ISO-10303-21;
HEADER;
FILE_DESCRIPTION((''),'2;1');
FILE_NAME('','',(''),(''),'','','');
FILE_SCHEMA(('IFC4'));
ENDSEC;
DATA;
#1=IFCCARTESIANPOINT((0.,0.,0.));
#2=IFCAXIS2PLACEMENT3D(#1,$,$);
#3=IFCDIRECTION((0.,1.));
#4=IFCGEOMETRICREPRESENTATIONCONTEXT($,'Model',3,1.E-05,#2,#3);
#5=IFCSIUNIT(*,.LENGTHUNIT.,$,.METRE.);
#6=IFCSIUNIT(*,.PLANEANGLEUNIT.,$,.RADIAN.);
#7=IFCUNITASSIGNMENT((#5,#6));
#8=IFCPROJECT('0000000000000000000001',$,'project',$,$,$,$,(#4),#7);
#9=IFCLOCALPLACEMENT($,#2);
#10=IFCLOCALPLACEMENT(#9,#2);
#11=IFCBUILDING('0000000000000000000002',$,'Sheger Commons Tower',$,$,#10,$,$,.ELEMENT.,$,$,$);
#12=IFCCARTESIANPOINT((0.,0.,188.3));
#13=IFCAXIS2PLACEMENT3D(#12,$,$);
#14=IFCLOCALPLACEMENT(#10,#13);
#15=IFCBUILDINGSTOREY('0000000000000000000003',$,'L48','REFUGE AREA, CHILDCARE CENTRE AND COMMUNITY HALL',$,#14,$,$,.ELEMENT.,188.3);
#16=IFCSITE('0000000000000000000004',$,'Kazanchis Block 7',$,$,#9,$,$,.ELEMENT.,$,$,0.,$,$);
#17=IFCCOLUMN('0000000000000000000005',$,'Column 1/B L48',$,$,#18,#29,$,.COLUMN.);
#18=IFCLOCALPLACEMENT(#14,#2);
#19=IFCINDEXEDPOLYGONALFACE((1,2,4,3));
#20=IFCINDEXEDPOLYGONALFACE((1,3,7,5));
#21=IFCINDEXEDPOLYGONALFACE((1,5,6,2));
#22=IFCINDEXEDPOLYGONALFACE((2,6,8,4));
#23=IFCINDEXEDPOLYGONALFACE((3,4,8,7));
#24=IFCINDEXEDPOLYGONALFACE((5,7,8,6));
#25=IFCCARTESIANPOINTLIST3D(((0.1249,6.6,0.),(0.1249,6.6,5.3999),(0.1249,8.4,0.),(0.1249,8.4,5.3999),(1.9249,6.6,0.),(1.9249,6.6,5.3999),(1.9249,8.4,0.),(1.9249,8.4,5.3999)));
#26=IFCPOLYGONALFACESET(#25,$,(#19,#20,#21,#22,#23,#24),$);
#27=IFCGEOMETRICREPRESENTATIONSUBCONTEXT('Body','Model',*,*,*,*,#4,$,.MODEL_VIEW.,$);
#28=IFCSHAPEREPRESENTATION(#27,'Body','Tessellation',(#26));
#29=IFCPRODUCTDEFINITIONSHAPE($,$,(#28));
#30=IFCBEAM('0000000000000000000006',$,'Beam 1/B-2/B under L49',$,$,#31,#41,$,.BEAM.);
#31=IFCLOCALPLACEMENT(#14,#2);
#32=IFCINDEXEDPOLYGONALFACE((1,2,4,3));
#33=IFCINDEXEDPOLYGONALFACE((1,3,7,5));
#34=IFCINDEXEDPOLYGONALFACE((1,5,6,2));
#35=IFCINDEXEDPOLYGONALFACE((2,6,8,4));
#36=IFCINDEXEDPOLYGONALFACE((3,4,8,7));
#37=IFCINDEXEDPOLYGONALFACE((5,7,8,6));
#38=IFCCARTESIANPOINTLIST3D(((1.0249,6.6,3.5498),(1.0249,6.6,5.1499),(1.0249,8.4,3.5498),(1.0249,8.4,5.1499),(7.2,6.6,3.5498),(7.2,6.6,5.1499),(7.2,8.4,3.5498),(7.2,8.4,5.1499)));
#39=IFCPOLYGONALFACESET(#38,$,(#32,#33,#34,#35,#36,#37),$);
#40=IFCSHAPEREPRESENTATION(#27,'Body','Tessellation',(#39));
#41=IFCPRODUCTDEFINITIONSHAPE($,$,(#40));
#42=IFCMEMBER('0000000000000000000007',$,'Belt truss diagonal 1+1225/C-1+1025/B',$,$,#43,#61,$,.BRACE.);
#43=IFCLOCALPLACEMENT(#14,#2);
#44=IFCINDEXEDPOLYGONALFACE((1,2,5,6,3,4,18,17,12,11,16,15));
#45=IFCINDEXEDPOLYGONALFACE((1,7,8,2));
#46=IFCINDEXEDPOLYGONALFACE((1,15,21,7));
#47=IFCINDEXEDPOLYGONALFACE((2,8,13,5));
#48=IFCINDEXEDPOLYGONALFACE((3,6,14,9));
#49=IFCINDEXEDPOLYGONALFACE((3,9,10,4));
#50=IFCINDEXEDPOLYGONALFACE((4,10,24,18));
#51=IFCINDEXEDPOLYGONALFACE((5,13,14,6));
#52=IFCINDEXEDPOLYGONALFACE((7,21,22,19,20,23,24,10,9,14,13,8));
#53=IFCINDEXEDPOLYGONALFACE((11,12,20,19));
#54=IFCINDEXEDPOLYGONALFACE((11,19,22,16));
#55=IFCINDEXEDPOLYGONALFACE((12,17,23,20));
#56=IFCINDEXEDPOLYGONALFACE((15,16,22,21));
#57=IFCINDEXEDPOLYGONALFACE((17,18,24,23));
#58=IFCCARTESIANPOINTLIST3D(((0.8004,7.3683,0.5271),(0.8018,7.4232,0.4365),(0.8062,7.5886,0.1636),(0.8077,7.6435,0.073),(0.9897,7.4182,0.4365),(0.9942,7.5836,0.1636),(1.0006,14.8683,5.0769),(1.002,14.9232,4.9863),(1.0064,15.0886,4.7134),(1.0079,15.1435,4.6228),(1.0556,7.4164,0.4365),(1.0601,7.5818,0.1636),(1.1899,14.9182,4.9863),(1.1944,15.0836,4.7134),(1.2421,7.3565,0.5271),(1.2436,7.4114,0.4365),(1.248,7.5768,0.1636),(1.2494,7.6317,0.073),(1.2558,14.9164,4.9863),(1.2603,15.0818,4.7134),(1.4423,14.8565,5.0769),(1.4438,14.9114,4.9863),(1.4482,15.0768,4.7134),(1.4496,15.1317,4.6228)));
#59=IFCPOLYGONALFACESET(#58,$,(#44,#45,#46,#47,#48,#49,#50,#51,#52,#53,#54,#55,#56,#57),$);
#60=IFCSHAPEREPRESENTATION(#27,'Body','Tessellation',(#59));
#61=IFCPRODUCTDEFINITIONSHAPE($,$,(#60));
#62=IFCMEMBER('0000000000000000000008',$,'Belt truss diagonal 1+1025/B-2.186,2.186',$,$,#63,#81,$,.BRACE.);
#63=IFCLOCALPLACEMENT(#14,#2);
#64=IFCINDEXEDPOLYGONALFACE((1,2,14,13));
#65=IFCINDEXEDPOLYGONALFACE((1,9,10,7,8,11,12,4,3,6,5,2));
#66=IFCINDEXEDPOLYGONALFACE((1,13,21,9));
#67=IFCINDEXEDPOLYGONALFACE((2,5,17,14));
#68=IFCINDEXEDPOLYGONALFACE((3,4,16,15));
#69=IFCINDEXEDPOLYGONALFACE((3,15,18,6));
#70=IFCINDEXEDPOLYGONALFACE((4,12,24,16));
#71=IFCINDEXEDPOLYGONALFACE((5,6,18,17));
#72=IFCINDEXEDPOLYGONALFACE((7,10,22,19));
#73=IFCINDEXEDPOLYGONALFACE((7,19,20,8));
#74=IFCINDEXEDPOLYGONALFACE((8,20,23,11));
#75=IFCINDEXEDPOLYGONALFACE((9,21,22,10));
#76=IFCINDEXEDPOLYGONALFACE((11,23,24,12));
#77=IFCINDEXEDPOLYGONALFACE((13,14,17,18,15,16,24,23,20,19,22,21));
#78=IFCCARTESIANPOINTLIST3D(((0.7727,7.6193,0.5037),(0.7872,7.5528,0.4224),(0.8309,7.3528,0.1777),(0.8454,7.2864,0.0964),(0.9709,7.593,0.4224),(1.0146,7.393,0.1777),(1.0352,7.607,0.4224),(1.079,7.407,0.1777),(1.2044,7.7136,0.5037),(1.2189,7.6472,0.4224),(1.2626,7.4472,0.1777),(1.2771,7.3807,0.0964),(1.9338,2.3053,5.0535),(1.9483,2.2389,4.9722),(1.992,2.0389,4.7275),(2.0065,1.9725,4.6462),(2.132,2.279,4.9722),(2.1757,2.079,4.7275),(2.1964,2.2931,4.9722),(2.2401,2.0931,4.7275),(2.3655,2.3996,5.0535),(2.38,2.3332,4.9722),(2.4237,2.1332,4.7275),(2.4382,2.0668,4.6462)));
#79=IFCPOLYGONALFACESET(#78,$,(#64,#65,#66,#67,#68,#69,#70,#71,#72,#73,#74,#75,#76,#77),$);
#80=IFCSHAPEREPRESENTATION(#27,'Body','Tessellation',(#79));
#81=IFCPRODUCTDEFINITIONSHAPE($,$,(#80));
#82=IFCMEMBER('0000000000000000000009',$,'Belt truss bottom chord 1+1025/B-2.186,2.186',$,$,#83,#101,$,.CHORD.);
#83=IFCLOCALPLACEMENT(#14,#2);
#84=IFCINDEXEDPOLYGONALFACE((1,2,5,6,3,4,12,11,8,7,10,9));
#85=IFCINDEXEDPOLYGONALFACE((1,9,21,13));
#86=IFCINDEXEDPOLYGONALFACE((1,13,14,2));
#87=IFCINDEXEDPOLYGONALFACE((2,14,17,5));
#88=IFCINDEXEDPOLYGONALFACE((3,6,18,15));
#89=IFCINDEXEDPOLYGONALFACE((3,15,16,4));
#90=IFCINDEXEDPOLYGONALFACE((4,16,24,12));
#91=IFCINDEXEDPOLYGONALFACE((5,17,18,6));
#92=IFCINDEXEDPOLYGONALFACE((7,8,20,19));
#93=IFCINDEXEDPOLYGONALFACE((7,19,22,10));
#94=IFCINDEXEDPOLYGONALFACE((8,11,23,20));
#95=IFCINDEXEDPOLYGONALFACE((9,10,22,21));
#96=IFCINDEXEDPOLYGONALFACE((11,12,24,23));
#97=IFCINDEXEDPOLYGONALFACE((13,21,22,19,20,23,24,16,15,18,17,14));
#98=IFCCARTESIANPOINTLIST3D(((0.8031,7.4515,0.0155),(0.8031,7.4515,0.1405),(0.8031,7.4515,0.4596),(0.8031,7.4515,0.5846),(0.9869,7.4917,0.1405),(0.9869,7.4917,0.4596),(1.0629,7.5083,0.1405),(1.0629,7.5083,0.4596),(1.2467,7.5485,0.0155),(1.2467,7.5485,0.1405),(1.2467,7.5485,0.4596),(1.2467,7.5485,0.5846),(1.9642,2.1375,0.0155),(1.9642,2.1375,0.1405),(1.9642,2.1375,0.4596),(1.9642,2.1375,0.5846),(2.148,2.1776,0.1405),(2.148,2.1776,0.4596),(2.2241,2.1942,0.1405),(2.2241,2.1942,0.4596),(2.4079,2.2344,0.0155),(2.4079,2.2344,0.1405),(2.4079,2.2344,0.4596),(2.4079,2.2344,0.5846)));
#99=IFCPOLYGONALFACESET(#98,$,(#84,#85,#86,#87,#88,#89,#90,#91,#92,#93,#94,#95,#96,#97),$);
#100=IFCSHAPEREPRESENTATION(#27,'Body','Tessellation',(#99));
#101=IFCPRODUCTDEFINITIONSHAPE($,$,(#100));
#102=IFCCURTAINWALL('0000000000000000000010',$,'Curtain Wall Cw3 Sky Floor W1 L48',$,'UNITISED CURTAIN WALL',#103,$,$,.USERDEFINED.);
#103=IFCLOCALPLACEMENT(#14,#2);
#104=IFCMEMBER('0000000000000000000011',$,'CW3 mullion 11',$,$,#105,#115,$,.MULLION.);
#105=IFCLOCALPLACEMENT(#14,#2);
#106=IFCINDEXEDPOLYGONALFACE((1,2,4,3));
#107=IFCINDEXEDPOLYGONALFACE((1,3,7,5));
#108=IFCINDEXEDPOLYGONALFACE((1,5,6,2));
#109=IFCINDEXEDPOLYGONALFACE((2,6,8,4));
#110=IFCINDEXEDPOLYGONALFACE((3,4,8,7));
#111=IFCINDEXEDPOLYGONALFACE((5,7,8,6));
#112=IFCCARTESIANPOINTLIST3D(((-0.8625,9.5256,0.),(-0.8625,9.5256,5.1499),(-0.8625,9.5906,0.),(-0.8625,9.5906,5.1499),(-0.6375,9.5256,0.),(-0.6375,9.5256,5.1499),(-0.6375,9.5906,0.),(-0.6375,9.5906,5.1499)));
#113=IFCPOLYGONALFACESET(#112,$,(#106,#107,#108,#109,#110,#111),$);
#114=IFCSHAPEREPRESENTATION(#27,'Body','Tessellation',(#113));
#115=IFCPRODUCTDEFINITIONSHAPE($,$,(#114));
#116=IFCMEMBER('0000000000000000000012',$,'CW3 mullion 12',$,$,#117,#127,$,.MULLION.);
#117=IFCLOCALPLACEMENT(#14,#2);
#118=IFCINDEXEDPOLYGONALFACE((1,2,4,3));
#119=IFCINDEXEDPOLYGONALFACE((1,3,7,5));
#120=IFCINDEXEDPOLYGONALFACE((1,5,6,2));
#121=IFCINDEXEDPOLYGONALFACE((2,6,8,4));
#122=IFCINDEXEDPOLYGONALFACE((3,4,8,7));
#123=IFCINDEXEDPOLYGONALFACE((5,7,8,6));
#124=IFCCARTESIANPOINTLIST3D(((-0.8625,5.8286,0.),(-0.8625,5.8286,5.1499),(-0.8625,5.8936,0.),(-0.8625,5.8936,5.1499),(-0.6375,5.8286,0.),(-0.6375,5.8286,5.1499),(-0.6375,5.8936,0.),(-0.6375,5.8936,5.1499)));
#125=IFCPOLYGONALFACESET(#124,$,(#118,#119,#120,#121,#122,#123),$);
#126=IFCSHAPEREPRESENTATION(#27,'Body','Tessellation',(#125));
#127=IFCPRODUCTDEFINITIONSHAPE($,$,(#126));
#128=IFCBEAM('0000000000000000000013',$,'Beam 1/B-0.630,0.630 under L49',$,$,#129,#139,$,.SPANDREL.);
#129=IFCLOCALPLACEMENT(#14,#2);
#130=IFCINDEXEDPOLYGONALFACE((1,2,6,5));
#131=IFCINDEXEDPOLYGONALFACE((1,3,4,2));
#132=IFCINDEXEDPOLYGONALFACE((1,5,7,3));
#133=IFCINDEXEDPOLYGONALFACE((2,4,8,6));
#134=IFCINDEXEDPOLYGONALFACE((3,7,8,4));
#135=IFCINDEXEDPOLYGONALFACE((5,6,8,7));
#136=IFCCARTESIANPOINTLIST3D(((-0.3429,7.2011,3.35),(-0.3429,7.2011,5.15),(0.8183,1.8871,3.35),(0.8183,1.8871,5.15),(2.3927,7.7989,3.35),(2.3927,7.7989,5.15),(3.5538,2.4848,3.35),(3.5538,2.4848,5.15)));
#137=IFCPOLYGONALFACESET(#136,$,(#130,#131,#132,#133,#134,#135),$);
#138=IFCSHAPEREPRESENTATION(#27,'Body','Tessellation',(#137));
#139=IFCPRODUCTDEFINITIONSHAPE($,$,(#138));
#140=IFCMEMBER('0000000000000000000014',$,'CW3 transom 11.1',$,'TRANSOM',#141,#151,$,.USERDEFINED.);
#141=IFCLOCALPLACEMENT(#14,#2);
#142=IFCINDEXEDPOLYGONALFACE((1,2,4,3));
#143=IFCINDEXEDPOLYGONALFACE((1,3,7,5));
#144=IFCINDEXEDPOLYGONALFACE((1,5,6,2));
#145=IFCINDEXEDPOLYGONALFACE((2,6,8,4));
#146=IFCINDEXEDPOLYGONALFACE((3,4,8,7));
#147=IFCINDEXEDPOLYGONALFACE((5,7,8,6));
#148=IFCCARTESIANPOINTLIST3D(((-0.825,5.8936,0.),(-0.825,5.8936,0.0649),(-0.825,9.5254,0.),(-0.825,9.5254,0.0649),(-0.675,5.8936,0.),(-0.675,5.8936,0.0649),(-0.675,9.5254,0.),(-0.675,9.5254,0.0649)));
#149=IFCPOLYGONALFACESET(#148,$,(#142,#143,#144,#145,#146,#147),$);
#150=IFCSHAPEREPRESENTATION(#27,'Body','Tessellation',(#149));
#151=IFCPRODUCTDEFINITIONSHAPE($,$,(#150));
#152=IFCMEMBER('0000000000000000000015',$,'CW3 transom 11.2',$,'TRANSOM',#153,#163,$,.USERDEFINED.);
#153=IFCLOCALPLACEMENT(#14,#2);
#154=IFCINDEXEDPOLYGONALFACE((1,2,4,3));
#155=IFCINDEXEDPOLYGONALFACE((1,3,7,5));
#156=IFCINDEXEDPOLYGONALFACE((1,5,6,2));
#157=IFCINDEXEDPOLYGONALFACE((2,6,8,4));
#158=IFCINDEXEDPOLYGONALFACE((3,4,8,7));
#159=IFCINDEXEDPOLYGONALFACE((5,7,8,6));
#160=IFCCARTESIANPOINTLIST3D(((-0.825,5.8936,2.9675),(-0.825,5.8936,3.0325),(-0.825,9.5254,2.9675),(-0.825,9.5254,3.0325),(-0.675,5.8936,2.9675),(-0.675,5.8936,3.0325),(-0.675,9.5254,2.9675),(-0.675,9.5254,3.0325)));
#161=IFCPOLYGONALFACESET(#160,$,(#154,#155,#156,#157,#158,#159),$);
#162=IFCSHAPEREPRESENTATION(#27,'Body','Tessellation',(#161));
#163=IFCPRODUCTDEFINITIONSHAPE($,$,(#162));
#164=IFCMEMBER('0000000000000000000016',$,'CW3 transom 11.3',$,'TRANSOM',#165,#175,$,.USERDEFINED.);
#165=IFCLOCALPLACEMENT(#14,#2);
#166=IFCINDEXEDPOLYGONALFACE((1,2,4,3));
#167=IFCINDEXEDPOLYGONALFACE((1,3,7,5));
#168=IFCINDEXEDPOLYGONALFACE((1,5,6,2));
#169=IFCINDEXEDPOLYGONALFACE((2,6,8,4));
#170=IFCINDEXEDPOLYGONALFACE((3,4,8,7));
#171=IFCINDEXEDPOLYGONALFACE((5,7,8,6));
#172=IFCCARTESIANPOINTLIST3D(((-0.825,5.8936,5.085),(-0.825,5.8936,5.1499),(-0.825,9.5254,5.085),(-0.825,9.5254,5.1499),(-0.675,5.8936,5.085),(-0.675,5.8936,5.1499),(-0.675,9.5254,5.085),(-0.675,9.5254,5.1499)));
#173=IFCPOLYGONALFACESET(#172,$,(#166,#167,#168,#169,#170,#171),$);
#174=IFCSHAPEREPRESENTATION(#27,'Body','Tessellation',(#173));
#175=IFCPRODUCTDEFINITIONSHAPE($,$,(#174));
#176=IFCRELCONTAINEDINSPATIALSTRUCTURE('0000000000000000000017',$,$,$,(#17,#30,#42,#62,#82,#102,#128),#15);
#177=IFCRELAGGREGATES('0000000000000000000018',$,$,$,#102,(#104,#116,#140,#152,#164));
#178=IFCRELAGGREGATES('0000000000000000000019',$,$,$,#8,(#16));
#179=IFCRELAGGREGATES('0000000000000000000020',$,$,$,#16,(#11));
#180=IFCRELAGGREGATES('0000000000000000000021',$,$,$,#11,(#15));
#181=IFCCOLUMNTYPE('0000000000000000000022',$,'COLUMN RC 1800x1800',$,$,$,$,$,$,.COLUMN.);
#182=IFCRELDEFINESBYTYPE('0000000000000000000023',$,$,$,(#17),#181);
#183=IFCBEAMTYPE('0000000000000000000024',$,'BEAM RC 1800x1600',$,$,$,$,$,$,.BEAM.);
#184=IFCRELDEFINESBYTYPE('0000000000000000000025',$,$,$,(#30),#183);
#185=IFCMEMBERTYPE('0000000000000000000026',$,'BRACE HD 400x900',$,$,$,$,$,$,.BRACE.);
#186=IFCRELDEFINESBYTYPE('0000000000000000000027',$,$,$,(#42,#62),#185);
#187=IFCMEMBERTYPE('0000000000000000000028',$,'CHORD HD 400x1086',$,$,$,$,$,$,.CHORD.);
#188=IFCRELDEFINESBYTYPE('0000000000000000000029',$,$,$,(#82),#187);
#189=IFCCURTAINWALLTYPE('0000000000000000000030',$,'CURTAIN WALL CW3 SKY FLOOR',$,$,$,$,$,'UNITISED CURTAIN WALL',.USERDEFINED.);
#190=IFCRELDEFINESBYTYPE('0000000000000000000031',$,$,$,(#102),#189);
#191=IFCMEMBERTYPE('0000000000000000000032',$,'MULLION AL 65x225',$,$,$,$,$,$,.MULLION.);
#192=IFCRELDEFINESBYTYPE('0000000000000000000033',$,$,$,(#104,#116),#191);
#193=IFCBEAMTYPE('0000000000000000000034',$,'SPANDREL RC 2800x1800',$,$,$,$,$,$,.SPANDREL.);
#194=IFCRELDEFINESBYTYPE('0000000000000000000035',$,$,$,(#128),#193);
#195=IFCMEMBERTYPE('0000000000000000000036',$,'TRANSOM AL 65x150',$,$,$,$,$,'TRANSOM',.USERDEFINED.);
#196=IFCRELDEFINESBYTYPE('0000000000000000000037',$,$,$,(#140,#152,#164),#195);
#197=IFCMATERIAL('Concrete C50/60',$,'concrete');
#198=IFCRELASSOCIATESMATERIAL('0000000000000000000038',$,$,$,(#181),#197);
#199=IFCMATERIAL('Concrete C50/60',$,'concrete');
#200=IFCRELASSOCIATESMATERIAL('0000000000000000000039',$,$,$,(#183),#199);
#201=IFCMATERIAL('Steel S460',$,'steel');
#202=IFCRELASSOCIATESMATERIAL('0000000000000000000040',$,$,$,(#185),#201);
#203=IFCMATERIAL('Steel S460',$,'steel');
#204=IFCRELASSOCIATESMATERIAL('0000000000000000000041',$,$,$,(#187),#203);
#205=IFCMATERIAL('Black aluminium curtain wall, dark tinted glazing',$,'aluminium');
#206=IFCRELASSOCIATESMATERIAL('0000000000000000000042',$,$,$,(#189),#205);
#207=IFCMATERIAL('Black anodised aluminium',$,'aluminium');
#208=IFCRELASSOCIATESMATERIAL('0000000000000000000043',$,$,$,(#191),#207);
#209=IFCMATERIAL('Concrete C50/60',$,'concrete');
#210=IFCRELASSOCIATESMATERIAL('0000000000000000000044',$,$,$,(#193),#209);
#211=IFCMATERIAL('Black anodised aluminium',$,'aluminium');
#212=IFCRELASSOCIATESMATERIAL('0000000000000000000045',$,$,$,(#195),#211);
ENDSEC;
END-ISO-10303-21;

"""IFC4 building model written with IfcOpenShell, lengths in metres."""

from ifc_helpers import new_model, si_unit, direction, frame, origin, origin_2d, place, context, subcontext, project, spatial, rectangle, i_section, extrude, material, material_profile, profile_set, type_object, element, aggregate, save


model = new_model("IFC4")

# Units and contexts
model_context = context("Model", 3, precision=1e-05, world=origin(), true_north=direction((0.0, 1.0)))
body_context = subcontext(model_context, "Body", "Model", "MODEL_VIEW")
ifc_project = project(units=[si_unit("LENGTHUNIT", "METRE"), si_unit("PLANEANGLEUNIT", "RADIAN")], contexts=[model_context])

# Site, building, storey
site_placement = place(None, origin())
site = spatial("IfcSite", under=ifc_project, at=site_placement, Name="Kazanchis Block 7", CompositionType="ELEMENT", RefElevation=0.0)
building_placement = place(site_placement, origin())
building = spatial("IfcBuilding", under=site, at=building_placement, Name="Sheger Commons Tower", CompositionType="ELEMENT")
storey_placement = place(building_placement, frame((0.0, 0.0, 188.3)))
storey = spatial("IfcBuildingStorey", under=building, at=storey_placement, Name="L48", Description="REFUGE AREA, CHILDCARE CENTRE AND COMMUNITY HALL", CompositionType="ELEMENT", Elevation=188.3)

# Column
ifc_material_1 = material(Name="Concrete C50/60", Category="concrete")
ifc_material_profile_1 = material_profile(ifc_material_1, rectangle(XDim=1.8, YDim=1.8, at=origin_2d()), Name="RC 1800x1800")
ifc_profile_set_1 = profile_set([ifc_material_profile_1], Name="Concrete C50/60")
column_type = type_object("IfcColumnType", Name="COLUMN RC 1800x1800", PredefinedType="COLUMN", material=ifc_profile_set_1)
column_placement = place(storey_placement, frame((1.0249, 7.5, 0.0), z_axis=(0.0, 0.0, 1.0), x_axis=(1.0, 0.0, 0.0)))
element("IfcColumn", 1, at=column_placement, inside=storey, type_object=column_type, Name="Column 1/B L48", PredefinedType="COLUMN", context=body_context, shape_type="SweptSolid", body=[
    extrude(rectangle(XDim=1.8, YDim=1.8, at=origin_2d()), origin(), (0.0, 0.0, 1.0), 5.3999),
])

# Beam
ifc_material_2 = material(Name="Concrete C50/60", Category="concrete")
ifc_material_profile_2 = material_profile(ifc_material_2, rectangle(XDim=1.8, YDim=1.6001, at=origin_2d()), Name="RC 1800x1600")
ifc_profile_set_2 = profile_set([ifc_material_profile_2], Name="Concrete C50/60")
beam_type_1 = type_object("IfcBeamType", Name="BEAM RC 1800x1600", PredefinedType="BEAM", material=ifc_profile_set_2)
beam_1_placement = place(storey_placement, frame((1.0249, 7.5, 4.3499), z_axis=(1.0, 0.0, 0.0), x_axis=(0.0, 1.0, 0.0)))
element("IfcBeam", 2, at=beam_1_placement, inside=storey, type_object=beam_type_1, Name="Beam 1/B-2/B under L49", PredefinedType="BEAM", context=body_context, shape_type="SweptSolid", body=[
    extrude(rectangle(XDim=1.8, YDim=1.6001, at=origin_2d()), origin(), (0.0, 0.0, 1.0), 6.175),
])

# Members
ifc_material_3 = material(Name="Steel S460", Category="steel")
ifc_material_profile_3 = material_profile(ifc_material_3, i_section(OverallWidth=0.4419, OverallDepth=0.531, WebThickness=0.0659, FlangeThickness=0.106, at=origin_2d()), Name="HD 400x900")
ifc_profile_set_3 = profile_set([ifc_material_profile_3], Name="Steel S460")
member_type_1 = type_object("IfcMemberType", Name="BRACE HD 400x900", PredefinedType="BRACE", material=ifc_profile_set_3)
member_1_placement = place(storey_placement, frame((1.0249, 7.5, 0.3), z_axis=(0.022816, 0.854755, 0.518529), x_axis=(-0.999644, 0.026683, 0.0)))
element("IfcMember", 3, at=member_1_placement, inside=storey, type_object=member_type_1, Name="Belt truss diagonal 1+1225/C-1+1025/B", PredefinedType="BRACE", context=body_context, shape_type="SweptSolid", body=[
    extrude(i_section(OverallWidth=0.4419, OverallDepth=0.531, WebThickness=0.0659, FlangeThickness=0.106, at=origin_2d()), origin(), (0.0, 0.0, 1.0), 8.7744),
])
member_2_placement = place(storey_placement, frame((1.0249, 7.5, 0.3), z_axis=(0.163739, -0.749359, 0.6416), x_axis=(0.97695, 0.213469, 0.0)))
element("IfcMember", 4, at=member_2_placement, inside=storey, type_object=member_type_1, Name="Belt truss diagonal 1+1025/B-2.186,2.186", PredefinedType="BRACE", context=body_context, shape_type="SweptSolid", body=[
    extrude(i_section(OverallWidth=0.4419, OverallDepth=0.531, WebThickness=0.0659, FlangeThickness=0.106, at=origin_2d()), origin(), (0.0, 0.0, 1.0), 7.0913),
])
ifc_material_4 = material(Name="Steel S460", Category="steel")
ifc_material_profile_4 = material_profile(ifc_material_4, i_section(OverallWidth=0.4541, OverallDepth=0.5691, WebThickness=0.0779, FlangeThickness=0.125, at=origin_2d()), Name="HD 400x1086")
ifc_profile_set_4 = profile_set([ifc_material_profile_4], Name="Steel S460")
member_type_2 = type_object("IfcMemberType", Name="CHORD HD 400x1086", PredefinedType="CHORD", material=ifc_profile_set_4)
member_3_placement = place(storey_placement, frame((1.0249, 7.5, 0.3), z_axis=(0.213469, -0.97695, 0.0), x_axis=(0.97695, 0.213469, 0.0)))
element("IfcMember", 5, at=member_3_placement, inside=storey, type_object=member_type_2, Name="Belt truss bottom chord 1+1025/B-2.186,2.186", PredefinedType="CHORD", context=body_context, shape_type="SweptSolid", body=[
    extrude(i_section(OverallWidth=0.4541, OverallDepth=0.5691, WebThickness=0.0779, FlangeThickness=0.125, at=origin_2d()), origin(), (0.0, 0.0, 1.0), 5.4395),
])

# Curtain wall, members
ifc_material_5 = material(Name="Black aluminium curtain wall, dark tinted glazing", Category="aluminium")
curtain_wall_type = type_object("IfcCurtainWallType", Name="CURTAIN WALL CW3 SKY FLOOR", ElementType="UNITISED CURTAIN WALL", PredefinedType="USERDEFINED", material=ifc_material_5)
curtain_wall_placement = place(storey_placement, origin())
curtain_wall = element("IfcCurtainWall", 6, at=curtain_wall_placement, inside=storey, type_object=curtain_wall_type, Name="Curtain Wall Cw3 Sky Floor W1 L48", ObjectType="UNITISED CURTAIN WALL", PredefinedType="USERDEFINED")
ifc_material_6 = material(Name="Black anodised aluminium", Category="aluminium")
ifc_material_profile_5 = material_profile(ifc_material_6, rectangle(XDim=0.2251, YDim=0.0649, at=origin_2d()), Name="AL 65x225")
ifc_profile_set_5 = profile_set([ifc_material_profile_5], Name="Black anodised aluminium")
member_type_3 = type_object("IfcMemberType", Name="MULLION AL 65x225", PredefinedType="MULLION", material=ifc_profile_set_5)
member_4_placement = place(storey_placement, frame((-0.75, 9.5581, 0.0), z_axis=(0.0, 0.0, 1.0), x_axis=(1.0, 0.0, 0.0)))
member_4 = element("IfcMember", 7, at=member_4_placement, type_object=member_type_3, Name="CW3 mullion 11", PredefinedType="MULLION", context=body_context, shape_type="SweptSolid", body=[
    extrude(rectangle(XDim=0.2251, YDim=0.0649, at=origin_2d()), origin(), (0.0, 0.0, 1.0), 5.1499),
])
member_5_placement = place(storey_placement, frame((-0.75, 5.8611, 0.0), z_axis=(0.0, 0.0, 1.0), x_axis=(1.0, 0.0, 0.0)))
member_5 = element("IfcMember", 8, at=member_5_placement, type_object=member_type_3, Name="CW3 mullion 12", PredefinedType="MULLION", context=body_context, shape_type="SweptSolid", body=[
    extrude(rectangle(XDim=0.2251, YDim=0.0649, at=origin_2d()), origin(), (0.0, 0.0, 1.0), 5.1499),
])

# Beam
ifc_material_7 = material(Name="Concrete C50/60", Category="concrete")
ifc_material_profile_6 = material_profile(ifc_material_7, rectangle(XDim=2.8, YDim=1.8, at=origin_2d()), Name="RC 2800x1800")
ifc_profile_set_6 = profile_set([ifc_material_profile_6], Name="Concrete C50/60")
beam_type_2 = type_object("IfcBeamType", Name="SPANDREL RC 2800x1800", PredefinedType="SPANDREL", material=ifc_profile_set_6)
beam_2_placement = place(storey_placement, frame((1.0249, 7.5, 4.25), z_axis=(0.213469, -0.97695, 0.0), x_axis=(0.97695, 0.213469, 0.0)))
element("IfcBeam", 9, at=beam_2_placement, inside=storey, type_object=beam_type_2, Name="Beam 1/B-0.630,0.630 under L49", PredefinedType="SPANDREL", context=body_context, shape_type="SweptSolid", body=[
    extrude(rectangle(XDim=2.8, YDim=1.8, at=origin_2d()), origin(), (0.0, 0.0, 1.0), 5.4395),
])

# Members
ifc_material_8 = material(Name="Black anodised aluminium", Category="aluminium")
ifc_material_profile_7 = material_profile(ifc_material_8, rectangle(XDim=0.1499, YDim=0.0649, at=origin_2d()), Name="AL 65x150")
ifc_profile_set_7 = profile_set([ifc_material_profile_7], Name="Black anodised aluminium")
member_type_4 = type_object("IfcMemberType", Name="TRANSOM AL 65x150", ElementType="TRANSOM", PredefinedType="USERDEFINED", material=ifc_profile_set_7)
member_6_placement = place(storey_placement, frame((-0.75, 9.5254, 0.0325), z_axis=(0.0, -1.0, 0.0), x_axis=(1.0, 0.0, 0.0)))
member_6 = element("IfcMember", 10, at=member_6_placement, type_object=member_type_4, Name="CW3 transom 11.1", ObjectType="TRANSOM", PredefinedType="USERDEFINED", context=body_context, shape_type="SweptSolid", body=[
    extrude(rectangle(XDim=0.1499, YDim=0.0649, at=origin_2d()), origin(), (0.0, 0.0, 1.0), 3.6318),
])
member_7_placement = place(storey_placement, frame((-0.75, 9.5254, 3.0), z_axis=(0.0, -1.0, 0.0), x_axis=(1.0, 0.0, 0.0)))
member_7 = element("IfcMember", 11, at=member_7_placement, type_object=member_type_4, Name="CW3 transom 11.2", ObjectType="TRANSOM", PredefinedType="USERDEFINED", context=body_context, shape_type="SweptSolid", body=[
    extrude(rectangle(XDim=0.1499, YDim=0.0649, at=origin_2d()), origin(), (0.0, 0.0, 1.0), 3.6318),
])
member_8_placement = place(storey_placement, frame((-0.75, 9.5254, 5.1174), z_axis=(0.0, -1.0, 0.0), x_axis=(1.0, 0.0, 0.0)))
member_8 = element("IfcMember", 12, at=member_8_placement, type_object=member_type_4, Name="CW3 transom 11.3", ObjectType="TRANSOM", PredefinedType="USERDEFINED", context=body_context, shape_type="SweptSolid", body=[
    extrude(rectangle(XDim=0.1499, YDim=0.0649, at=origin_2d()), origin(), (0.0, 0.0, 1.0), 3.6318),
])

aggregate(curtain_wall, [member_4, member_5, member_6, member_7, member_8])

save(model, "model.ifc")
